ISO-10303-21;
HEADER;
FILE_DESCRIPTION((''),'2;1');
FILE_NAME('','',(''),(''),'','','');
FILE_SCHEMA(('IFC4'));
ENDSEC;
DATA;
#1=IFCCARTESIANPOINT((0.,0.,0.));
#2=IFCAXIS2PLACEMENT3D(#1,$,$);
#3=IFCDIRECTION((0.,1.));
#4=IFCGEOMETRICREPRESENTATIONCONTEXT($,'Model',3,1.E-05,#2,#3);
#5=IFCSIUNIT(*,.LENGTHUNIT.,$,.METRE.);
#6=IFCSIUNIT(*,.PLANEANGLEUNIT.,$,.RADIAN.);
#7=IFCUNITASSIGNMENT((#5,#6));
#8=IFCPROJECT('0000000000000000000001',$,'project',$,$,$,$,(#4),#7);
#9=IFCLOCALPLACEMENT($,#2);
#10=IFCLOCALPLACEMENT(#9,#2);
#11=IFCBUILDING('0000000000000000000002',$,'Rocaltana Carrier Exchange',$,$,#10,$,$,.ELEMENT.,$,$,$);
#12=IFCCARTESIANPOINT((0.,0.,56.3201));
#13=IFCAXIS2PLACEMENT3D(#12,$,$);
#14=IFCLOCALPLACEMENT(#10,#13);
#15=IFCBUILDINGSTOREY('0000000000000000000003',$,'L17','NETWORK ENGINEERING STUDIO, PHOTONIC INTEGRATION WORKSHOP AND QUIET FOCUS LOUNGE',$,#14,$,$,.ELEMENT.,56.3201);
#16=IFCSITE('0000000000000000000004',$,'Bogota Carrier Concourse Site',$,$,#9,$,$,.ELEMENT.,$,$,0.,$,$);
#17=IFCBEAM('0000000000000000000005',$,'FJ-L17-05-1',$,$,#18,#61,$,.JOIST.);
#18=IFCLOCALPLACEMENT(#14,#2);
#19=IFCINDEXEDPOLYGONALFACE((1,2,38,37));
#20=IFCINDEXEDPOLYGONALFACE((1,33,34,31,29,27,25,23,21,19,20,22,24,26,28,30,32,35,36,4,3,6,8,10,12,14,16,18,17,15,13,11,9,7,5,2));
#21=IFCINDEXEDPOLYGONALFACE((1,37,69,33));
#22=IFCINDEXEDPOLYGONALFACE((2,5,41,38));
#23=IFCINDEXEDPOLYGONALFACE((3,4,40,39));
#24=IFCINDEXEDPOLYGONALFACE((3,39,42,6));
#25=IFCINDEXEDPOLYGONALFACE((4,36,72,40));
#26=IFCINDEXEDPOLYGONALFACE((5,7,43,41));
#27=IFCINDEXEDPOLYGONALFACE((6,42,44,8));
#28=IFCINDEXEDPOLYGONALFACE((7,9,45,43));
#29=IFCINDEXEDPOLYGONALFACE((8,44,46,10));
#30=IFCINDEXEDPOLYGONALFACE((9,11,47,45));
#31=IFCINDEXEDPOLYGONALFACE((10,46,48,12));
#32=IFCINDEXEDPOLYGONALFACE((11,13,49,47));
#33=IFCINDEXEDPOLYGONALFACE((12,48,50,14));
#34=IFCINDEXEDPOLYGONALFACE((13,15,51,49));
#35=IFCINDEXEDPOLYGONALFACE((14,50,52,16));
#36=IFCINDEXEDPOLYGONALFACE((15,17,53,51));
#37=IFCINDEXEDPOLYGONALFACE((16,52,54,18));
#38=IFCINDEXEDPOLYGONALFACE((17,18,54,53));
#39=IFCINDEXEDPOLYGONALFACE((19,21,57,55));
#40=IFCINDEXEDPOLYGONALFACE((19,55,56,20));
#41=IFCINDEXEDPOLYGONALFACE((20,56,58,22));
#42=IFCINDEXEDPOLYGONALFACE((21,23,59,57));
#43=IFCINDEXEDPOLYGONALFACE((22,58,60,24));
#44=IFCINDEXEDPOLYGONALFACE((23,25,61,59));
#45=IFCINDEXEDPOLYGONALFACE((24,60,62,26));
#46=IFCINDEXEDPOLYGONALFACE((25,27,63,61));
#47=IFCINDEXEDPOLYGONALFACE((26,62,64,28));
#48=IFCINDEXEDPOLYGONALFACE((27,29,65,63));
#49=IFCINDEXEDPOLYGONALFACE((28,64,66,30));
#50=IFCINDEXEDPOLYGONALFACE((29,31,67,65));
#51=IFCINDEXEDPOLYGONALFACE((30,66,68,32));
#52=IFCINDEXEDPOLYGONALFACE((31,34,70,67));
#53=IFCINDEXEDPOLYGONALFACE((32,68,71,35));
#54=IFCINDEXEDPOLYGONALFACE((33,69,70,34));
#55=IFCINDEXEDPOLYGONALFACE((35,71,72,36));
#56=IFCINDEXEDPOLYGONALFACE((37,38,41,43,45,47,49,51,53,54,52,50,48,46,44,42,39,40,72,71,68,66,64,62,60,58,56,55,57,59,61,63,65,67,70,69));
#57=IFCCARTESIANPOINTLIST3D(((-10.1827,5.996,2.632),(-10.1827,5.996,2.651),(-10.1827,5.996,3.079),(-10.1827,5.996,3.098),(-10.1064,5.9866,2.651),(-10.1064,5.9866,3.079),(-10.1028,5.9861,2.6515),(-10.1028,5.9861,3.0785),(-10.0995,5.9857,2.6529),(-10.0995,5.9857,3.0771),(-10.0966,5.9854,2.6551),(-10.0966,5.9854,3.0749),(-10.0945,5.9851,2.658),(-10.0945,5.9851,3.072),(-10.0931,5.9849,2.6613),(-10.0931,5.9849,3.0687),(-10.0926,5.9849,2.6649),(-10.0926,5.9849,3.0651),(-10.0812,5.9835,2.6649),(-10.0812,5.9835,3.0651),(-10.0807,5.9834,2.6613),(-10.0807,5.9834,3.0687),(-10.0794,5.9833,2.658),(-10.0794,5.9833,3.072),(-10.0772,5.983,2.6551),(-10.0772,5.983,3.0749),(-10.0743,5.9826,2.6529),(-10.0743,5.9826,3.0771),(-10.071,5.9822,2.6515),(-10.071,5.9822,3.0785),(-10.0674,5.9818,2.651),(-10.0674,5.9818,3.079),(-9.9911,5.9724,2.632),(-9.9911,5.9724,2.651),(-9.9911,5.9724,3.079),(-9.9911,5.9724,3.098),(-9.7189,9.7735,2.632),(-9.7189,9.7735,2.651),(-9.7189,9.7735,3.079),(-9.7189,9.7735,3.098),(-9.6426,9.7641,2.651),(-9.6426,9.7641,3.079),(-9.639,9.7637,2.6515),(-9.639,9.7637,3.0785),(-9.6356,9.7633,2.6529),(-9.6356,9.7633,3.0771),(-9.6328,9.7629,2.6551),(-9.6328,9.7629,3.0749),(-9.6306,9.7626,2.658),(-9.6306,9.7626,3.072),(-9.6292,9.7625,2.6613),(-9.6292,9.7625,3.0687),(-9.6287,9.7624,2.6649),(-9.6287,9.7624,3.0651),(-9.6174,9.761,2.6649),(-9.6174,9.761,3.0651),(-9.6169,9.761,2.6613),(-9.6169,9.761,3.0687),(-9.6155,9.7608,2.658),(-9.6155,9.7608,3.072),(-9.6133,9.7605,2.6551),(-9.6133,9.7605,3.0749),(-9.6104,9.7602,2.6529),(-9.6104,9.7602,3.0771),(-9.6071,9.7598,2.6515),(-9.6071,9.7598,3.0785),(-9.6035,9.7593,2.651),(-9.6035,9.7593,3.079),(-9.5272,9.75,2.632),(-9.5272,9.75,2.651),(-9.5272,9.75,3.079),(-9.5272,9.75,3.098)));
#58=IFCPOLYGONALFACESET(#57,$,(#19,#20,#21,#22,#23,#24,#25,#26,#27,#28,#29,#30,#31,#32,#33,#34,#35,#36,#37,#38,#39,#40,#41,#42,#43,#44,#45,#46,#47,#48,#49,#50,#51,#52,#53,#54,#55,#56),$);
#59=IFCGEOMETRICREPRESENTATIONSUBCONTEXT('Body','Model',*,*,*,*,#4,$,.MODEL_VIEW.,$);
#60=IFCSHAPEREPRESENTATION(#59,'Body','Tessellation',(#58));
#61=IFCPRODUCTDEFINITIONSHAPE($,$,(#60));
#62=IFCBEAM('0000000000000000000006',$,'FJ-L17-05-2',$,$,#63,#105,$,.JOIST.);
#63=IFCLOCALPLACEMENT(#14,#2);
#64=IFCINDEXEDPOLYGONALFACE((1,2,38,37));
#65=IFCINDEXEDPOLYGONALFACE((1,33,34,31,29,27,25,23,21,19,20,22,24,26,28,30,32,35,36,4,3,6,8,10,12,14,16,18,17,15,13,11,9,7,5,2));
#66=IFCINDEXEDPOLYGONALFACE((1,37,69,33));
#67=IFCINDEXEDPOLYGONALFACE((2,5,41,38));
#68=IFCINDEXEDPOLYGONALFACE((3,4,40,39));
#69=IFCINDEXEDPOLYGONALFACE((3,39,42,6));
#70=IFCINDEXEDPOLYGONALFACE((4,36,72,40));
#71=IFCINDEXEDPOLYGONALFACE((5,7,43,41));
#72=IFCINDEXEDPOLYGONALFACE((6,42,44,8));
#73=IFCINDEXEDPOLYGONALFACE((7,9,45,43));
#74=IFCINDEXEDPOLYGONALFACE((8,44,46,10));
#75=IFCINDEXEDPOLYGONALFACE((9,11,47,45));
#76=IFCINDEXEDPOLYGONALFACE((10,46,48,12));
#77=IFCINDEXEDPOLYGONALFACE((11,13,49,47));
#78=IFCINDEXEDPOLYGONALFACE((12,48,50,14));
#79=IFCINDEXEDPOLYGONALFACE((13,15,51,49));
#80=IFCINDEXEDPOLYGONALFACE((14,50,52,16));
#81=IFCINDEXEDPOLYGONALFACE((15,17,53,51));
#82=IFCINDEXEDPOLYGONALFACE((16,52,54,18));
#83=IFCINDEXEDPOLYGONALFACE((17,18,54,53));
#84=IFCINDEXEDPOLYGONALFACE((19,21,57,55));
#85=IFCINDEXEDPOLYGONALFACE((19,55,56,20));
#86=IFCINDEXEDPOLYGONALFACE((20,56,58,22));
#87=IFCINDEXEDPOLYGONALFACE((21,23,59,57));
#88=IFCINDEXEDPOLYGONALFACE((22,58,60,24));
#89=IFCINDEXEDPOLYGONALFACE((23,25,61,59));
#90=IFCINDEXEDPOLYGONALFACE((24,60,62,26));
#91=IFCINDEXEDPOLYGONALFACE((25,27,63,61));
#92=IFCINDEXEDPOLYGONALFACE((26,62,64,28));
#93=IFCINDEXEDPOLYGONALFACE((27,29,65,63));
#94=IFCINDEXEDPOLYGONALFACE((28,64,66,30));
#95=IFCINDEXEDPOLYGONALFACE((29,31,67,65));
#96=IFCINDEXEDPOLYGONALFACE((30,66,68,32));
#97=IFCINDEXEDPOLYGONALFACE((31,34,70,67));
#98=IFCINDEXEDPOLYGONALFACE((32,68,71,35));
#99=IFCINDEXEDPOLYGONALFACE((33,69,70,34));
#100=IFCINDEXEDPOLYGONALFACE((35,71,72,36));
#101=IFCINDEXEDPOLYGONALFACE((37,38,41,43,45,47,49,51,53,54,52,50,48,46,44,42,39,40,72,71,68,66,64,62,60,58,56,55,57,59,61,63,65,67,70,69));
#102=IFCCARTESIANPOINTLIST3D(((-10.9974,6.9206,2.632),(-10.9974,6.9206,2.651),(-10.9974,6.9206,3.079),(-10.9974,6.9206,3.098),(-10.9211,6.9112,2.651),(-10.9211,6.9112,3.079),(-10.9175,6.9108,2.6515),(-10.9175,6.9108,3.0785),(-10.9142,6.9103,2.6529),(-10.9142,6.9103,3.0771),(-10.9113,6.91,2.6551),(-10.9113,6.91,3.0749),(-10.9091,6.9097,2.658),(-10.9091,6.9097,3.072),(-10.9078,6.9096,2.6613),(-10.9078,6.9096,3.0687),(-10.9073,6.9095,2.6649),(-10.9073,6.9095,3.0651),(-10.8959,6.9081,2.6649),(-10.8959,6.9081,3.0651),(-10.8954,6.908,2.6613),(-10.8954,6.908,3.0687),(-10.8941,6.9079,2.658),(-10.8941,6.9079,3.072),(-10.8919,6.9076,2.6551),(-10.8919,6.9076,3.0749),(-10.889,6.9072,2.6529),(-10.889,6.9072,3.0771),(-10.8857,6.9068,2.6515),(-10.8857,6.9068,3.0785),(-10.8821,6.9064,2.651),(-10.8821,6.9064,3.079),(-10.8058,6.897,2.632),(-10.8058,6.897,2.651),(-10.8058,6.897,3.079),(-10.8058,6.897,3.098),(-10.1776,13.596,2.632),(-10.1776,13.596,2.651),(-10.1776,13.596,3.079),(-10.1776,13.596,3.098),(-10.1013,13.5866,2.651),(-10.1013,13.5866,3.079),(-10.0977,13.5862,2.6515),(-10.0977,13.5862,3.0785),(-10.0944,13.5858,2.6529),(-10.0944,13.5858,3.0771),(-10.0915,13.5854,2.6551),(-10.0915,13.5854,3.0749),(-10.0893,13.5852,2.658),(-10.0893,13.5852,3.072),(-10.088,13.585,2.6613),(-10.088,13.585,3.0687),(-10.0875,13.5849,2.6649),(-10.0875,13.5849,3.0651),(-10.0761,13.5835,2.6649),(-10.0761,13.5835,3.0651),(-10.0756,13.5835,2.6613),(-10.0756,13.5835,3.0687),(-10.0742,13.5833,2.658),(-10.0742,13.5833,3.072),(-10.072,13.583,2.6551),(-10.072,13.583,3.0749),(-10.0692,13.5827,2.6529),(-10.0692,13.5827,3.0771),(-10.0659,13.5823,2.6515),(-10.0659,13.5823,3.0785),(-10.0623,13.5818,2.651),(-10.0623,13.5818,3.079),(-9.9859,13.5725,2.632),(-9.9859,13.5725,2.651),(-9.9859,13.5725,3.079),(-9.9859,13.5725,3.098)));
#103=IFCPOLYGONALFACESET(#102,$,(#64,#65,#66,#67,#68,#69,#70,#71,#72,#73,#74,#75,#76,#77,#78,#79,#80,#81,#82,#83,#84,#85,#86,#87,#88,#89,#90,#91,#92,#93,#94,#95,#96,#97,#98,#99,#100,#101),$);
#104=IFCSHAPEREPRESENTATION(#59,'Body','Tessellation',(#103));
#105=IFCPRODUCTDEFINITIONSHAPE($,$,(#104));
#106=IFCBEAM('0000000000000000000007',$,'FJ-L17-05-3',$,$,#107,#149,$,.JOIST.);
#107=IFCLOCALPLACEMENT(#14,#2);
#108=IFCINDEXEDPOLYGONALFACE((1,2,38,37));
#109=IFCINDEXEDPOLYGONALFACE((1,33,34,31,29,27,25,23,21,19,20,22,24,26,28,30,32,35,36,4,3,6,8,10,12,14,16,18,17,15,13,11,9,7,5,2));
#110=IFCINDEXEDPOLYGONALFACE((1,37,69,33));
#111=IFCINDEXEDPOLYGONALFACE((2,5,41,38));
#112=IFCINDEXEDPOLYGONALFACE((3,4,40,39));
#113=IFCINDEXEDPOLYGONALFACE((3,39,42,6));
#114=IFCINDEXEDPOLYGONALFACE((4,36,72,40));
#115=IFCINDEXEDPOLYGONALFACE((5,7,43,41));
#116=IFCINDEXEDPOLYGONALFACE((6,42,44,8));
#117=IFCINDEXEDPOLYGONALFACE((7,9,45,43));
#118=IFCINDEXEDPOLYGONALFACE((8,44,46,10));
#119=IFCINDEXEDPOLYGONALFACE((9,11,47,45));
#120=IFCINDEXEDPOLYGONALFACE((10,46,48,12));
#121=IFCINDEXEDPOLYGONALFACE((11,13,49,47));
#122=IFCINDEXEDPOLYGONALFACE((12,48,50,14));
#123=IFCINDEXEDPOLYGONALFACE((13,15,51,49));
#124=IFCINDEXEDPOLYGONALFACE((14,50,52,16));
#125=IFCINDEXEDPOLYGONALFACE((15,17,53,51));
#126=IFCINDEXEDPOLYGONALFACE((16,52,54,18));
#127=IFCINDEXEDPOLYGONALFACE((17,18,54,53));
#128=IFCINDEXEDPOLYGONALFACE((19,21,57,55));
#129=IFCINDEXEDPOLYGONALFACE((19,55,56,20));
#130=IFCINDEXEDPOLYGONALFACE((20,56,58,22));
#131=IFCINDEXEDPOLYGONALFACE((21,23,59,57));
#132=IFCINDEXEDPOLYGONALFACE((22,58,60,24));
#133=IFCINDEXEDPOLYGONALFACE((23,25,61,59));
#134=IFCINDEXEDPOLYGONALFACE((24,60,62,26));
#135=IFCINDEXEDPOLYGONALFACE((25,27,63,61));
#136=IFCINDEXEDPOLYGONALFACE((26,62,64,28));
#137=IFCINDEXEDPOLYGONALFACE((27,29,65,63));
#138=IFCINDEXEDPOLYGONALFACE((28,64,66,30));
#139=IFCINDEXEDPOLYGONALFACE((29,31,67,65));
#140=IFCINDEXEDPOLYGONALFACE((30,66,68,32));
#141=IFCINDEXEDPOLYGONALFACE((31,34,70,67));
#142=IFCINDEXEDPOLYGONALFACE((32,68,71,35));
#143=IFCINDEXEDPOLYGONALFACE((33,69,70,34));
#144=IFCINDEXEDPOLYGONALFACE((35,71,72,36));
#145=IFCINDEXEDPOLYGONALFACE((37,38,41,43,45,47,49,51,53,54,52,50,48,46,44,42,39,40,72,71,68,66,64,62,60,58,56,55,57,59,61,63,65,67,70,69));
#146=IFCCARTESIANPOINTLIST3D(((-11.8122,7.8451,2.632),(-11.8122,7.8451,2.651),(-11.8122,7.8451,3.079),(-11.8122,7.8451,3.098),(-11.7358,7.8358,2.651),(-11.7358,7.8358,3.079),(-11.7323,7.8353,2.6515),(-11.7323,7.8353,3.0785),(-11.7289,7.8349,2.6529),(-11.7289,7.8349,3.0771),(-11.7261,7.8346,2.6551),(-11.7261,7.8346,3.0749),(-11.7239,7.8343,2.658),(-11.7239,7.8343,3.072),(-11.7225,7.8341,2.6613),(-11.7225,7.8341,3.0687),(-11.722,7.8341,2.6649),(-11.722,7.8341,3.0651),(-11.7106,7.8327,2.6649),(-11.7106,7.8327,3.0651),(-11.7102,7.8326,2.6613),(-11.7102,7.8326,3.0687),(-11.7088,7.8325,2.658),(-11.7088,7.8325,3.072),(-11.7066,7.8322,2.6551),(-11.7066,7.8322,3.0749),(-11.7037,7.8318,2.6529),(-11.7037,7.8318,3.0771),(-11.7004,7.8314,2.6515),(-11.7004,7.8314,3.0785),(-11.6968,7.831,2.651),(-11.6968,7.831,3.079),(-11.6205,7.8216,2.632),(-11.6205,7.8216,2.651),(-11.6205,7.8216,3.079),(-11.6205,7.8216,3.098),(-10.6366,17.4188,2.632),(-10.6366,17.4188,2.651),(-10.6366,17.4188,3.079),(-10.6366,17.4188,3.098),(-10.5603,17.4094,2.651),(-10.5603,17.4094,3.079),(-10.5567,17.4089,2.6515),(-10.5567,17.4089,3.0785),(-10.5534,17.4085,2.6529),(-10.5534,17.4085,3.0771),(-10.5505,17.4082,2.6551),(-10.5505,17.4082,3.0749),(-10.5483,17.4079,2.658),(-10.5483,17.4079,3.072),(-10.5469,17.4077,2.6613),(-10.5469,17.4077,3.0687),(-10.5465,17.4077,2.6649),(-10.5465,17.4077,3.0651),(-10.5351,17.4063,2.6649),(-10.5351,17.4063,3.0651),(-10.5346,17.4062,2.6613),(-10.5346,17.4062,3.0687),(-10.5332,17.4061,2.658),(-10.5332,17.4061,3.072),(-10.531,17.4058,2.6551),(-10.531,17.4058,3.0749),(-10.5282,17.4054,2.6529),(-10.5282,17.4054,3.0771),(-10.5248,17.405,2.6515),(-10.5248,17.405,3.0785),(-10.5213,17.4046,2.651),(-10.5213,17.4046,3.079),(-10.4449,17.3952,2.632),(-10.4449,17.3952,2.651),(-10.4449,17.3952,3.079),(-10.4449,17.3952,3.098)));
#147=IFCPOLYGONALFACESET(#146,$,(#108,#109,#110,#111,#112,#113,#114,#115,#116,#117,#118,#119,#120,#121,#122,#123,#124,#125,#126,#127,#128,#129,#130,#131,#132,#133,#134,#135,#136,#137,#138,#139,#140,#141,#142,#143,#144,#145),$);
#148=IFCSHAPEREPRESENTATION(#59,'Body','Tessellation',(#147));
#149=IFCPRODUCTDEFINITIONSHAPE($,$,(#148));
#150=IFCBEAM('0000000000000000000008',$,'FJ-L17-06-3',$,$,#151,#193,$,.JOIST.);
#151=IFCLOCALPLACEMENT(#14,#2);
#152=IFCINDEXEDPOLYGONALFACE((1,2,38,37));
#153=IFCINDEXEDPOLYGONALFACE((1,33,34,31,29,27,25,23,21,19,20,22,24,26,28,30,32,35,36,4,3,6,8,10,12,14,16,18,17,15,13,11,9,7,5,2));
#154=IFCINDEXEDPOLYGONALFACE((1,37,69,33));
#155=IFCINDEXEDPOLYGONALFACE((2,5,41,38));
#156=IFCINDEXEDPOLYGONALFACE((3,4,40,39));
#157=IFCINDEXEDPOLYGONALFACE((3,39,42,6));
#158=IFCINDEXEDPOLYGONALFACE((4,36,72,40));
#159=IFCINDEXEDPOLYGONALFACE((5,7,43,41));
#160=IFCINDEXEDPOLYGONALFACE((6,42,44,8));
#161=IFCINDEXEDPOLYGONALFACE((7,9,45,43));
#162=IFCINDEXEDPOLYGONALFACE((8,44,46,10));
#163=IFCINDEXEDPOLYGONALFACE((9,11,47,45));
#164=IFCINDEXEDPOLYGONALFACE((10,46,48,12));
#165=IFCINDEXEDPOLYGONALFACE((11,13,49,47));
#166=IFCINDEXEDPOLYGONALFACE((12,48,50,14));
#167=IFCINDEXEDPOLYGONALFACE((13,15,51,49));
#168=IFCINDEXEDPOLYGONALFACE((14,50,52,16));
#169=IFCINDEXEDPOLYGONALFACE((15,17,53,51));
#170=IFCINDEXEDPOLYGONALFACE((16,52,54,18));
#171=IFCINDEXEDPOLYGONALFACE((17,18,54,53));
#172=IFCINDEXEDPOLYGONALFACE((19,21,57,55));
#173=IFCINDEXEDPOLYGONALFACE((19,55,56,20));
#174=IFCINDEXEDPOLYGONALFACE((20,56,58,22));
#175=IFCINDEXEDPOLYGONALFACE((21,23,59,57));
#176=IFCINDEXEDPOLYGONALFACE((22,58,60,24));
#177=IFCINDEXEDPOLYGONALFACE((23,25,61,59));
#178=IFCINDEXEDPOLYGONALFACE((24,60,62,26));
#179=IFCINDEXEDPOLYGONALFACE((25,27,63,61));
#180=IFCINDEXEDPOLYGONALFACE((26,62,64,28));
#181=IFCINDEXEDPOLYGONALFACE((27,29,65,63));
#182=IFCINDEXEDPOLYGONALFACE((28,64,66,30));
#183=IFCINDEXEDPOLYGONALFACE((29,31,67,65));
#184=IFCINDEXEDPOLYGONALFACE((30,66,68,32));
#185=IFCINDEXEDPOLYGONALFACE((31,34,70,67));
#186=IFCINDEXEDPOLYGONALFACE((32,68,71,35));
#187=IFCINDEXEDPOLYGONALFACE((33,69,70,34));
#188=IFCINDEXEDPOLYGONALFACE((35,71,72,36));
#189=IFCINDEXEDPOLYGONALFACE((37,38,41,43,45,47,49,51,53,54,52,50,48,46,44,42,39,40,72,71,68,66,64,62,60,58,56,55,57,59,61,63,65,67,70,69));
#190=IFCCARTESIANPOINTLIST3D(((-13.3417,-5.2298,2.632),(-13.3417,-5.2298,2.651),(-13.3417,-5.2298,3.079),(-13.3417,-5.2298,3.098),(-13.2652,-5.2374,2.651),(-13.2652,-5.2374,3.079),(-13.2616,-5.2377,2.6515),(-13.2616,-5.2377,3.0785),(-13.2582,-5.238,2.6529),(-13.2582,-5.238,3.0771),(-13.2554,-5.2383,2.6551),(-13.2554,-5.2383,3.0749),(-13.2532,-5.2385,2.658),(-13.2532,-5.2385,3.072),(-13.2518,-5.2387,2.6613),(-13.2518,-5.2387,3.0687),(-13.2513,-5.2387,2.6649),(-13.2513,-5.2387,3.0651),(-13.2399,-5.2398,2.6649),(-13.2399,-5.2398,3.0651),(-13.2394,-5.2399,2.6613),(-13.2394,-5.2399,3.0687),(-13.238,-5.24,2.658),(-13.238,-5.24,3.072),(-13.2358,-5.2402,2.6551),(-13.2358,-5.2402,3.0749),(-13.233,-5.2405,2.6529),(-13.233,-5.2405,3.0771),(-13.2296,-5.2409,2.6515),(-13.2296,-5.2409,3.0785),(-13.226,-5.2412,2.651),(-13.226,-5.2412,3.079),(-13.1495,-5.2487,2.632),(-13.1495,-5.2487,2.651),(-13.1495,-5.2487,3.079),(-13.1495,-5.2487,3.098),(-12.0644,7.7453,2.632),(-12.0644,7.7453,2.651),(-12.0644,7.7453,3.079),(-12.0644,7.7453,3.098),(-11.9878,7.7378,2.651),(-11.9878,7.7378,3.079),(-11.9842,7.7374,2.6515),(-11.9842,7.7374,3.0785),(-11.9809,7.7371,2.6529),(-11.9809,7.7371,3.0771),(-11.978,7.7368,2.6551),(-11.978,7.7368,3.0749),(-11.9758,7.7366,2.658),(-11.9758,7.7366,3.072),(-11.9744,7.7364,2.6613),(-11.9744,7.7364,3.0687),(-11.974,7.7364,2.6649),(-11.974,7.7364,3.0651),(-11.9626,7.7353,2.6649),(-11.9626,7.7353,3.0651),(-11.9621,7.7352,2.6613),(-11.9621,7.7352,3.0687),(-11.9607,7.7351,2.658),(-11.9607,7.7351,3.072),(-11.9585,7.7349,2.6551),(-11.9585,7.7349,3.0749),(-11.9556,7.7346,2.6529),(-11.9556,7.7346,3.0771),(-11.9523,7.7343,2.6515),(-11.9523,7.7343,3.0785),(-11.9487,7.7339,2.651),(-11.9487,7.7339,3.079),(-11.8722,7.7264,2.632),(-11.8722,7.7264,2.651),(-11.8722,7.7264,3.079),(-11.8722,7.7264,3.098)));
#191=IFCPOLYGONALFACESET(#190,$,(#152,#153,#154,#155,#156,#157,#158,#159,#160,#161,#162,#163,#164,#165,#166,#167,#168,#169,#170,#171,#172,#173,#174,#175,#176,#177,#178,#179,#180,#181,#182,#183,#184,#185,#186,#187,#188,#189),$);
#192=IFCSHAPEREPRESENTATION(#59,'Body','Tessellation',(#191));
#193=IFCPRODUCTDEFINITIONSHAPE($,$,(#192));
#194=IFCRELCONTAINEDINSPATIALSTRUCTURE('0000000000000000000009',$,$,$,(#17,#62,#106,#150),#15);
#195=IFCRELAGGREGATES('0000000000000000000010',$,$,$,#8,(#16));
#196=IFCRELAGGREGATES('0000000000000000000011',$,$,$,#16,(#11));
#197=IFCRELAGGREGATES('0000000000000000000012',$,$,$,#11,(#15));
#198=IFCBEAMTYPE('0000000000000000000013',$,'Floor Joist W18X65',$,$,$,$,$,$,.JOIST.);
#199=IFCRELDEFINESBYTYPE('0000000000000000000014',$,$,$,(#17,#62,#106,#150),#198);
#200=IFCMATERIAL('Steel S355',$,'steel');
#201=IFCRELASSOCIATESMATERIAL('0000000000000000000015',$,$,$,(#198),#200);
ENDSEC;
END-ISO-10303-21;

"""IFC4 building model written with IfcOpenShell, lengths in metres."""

from ifc_helpers import new_model, si_unit, direction, frame, origin, origin_2d, place, context, subcontext, project, spatial, i_section, extrude, material, material_profile, profile_set, type_object, element, save


model = new_model("IFC4")

# Units and contexts
model_context = context("Model", 3, precision=1e-05, world=origin(), true_north=direction((0.0, 1.0)))
body_context = subcontext(model_context, "Body", "Model", "MODEL_VIEW")
ifc_project = project(units=[si_unit("LENGTHUNIT", "METRE"), si_unit("PLANEANGLEUNIT", "RADIAN")], contexts=[model_context])

# Site, building, storey
site_placement = place(None, origin())
site = spatial("IfcSite", under=ifc_project, at=site_placement, Name="Bogota Carrier Concourse Site", CompositionType="ELEMENT", RefElevation=0.0)
building_placement = place(site_placement, origin())
building = spatial("IfcBuilding", under=site, at=building_placement, Name="Rocaltana Carrier Exchange", CompositionType="ELEMENT")
storey_placement = place(building_placement, frame((0.0, 0.0, 56.3201)))
storey = spatial("IfcBuildingStorey", under=building, at=storey_placement, Name="L17", Description="NETWORK ENGINEERING STUDIO, PHOTONIC INTEGRATION WORKSHOP AND QUIET FOCUS LOUNGE", CompositionType="ELEMENT", Elevation=56.3201)

# Beams
ifc_material_1 = material(Name="Steel S355", Category="steel")
ifc_material_profile_1 = material_profile(ifc_material_1, i_section(OverallWidth=0.1931, OverallDepth=0.4661, WebThickness=0.0115, FlangeThickness=0.019, FilletRadius=0.0139, at=origin_2d()), Name="W18X65")
ifc_profile_set_1 = profile_set([ifc_material_profile_1], Name="Steel S355")
beam_type_1 = type_object("IfcBeamType", Name="Floor Joist W18X65", PredefinedType="JOIST", material=ifc_profile_set_1)
beam_1_placement = place(storey_placement, frame((-9.623, 9.7617, 2.865), z_axis=(-0.121879, -0.992545, 0.0), x_axis=(0.992545, -0.121879, 0.0)))
element("IfcBeam", 1, at=beam_1_placement, inside=storey, type_object=beam_type_1, Name="FJ-L17-05-1", PredefinedType="JOIST", context=body_context, shape_type="SweptSolid", body=[
    extrude(i_section(OverallWidth=0.1931, OverallDepth=0.4661, WebThickness=0.0115, FlangeThickness=0.019, FilletRadius=0.0139, at=origin_2d()), origin(), (0.0, 0.0, 1.0), 3.8059),
])
beam_2_placement = place(storey_placement, frame((-10.0818, 13.5842, 2.865), z_axis=(-0.121894, -0.992543, 0.0), x_axis=(0.992543, -0.121894, 0.0)))
element("IfcBeam", 2, at=beam_2_placement, inside=storey, type_object=beam_type_1, Name="FJ-L17-05-2", PredefinedType="JOIST", context=body_context, shape_type="SweptSolid", body=[
    extrude(i_section(OverallWidth=0.1931, OverallDepth=0.4661, WebThickness=0.0115, FlangeThickness=0.019, FilletRadius=0.0139, at=origin_2d()), origin(), (0.0, 0.0, 1.0), 6.7256),
])
beam_3_placement = place(storey_placement, frame((-10.5408, 17.407, 2.865), z_axis=(-0.121876, -0.992545, 0.0), x_axis=(0.992545, -0.121876, 0.0)))
element("IfcBeam", 3, at=beam_3_placement, inside=storey, type_object=beam_type_1, Name="FJ-L17-05-3", PredefinedType="JOIST", context=body_context, shape_type="SweptSolid", body=[
    extrude(i_section(OverallWidth=0.1931, OverallDepth=0.4661, WebThickness=0.0115, FlangeThickness=0.019, FilletRadius=0.0139, at=origin_2d()), origin(), (0.0, 0.0, 1.0), 9.6455),
])
beam_4_placement = place(storey_placement, frame((-11.9683, 7.7358, 2.865), z_axis=(-0.097972, -0.995189, 0.0), x_axis=(0.995189, -0.097972, 0.0)))
element("IfcBeam", 4, at=beam_4_placement, inside=storey, type_object=beam_type_1, Name="FJ-L17-06-3", PredefinedType="JOIST", context=body_context, shape_type="SweptSolid", body=[
    extrude(i_section(OverallWidth=0.1931, OverallDepth=0.4661, WebThickness=0.0115, FlangeThickness=0.019, FilletRadius=0.0139, at=origin_2d()), origin(), (0.0, 0.0, 1.0), 13.0378),
])

save(model, "model.ifc")
